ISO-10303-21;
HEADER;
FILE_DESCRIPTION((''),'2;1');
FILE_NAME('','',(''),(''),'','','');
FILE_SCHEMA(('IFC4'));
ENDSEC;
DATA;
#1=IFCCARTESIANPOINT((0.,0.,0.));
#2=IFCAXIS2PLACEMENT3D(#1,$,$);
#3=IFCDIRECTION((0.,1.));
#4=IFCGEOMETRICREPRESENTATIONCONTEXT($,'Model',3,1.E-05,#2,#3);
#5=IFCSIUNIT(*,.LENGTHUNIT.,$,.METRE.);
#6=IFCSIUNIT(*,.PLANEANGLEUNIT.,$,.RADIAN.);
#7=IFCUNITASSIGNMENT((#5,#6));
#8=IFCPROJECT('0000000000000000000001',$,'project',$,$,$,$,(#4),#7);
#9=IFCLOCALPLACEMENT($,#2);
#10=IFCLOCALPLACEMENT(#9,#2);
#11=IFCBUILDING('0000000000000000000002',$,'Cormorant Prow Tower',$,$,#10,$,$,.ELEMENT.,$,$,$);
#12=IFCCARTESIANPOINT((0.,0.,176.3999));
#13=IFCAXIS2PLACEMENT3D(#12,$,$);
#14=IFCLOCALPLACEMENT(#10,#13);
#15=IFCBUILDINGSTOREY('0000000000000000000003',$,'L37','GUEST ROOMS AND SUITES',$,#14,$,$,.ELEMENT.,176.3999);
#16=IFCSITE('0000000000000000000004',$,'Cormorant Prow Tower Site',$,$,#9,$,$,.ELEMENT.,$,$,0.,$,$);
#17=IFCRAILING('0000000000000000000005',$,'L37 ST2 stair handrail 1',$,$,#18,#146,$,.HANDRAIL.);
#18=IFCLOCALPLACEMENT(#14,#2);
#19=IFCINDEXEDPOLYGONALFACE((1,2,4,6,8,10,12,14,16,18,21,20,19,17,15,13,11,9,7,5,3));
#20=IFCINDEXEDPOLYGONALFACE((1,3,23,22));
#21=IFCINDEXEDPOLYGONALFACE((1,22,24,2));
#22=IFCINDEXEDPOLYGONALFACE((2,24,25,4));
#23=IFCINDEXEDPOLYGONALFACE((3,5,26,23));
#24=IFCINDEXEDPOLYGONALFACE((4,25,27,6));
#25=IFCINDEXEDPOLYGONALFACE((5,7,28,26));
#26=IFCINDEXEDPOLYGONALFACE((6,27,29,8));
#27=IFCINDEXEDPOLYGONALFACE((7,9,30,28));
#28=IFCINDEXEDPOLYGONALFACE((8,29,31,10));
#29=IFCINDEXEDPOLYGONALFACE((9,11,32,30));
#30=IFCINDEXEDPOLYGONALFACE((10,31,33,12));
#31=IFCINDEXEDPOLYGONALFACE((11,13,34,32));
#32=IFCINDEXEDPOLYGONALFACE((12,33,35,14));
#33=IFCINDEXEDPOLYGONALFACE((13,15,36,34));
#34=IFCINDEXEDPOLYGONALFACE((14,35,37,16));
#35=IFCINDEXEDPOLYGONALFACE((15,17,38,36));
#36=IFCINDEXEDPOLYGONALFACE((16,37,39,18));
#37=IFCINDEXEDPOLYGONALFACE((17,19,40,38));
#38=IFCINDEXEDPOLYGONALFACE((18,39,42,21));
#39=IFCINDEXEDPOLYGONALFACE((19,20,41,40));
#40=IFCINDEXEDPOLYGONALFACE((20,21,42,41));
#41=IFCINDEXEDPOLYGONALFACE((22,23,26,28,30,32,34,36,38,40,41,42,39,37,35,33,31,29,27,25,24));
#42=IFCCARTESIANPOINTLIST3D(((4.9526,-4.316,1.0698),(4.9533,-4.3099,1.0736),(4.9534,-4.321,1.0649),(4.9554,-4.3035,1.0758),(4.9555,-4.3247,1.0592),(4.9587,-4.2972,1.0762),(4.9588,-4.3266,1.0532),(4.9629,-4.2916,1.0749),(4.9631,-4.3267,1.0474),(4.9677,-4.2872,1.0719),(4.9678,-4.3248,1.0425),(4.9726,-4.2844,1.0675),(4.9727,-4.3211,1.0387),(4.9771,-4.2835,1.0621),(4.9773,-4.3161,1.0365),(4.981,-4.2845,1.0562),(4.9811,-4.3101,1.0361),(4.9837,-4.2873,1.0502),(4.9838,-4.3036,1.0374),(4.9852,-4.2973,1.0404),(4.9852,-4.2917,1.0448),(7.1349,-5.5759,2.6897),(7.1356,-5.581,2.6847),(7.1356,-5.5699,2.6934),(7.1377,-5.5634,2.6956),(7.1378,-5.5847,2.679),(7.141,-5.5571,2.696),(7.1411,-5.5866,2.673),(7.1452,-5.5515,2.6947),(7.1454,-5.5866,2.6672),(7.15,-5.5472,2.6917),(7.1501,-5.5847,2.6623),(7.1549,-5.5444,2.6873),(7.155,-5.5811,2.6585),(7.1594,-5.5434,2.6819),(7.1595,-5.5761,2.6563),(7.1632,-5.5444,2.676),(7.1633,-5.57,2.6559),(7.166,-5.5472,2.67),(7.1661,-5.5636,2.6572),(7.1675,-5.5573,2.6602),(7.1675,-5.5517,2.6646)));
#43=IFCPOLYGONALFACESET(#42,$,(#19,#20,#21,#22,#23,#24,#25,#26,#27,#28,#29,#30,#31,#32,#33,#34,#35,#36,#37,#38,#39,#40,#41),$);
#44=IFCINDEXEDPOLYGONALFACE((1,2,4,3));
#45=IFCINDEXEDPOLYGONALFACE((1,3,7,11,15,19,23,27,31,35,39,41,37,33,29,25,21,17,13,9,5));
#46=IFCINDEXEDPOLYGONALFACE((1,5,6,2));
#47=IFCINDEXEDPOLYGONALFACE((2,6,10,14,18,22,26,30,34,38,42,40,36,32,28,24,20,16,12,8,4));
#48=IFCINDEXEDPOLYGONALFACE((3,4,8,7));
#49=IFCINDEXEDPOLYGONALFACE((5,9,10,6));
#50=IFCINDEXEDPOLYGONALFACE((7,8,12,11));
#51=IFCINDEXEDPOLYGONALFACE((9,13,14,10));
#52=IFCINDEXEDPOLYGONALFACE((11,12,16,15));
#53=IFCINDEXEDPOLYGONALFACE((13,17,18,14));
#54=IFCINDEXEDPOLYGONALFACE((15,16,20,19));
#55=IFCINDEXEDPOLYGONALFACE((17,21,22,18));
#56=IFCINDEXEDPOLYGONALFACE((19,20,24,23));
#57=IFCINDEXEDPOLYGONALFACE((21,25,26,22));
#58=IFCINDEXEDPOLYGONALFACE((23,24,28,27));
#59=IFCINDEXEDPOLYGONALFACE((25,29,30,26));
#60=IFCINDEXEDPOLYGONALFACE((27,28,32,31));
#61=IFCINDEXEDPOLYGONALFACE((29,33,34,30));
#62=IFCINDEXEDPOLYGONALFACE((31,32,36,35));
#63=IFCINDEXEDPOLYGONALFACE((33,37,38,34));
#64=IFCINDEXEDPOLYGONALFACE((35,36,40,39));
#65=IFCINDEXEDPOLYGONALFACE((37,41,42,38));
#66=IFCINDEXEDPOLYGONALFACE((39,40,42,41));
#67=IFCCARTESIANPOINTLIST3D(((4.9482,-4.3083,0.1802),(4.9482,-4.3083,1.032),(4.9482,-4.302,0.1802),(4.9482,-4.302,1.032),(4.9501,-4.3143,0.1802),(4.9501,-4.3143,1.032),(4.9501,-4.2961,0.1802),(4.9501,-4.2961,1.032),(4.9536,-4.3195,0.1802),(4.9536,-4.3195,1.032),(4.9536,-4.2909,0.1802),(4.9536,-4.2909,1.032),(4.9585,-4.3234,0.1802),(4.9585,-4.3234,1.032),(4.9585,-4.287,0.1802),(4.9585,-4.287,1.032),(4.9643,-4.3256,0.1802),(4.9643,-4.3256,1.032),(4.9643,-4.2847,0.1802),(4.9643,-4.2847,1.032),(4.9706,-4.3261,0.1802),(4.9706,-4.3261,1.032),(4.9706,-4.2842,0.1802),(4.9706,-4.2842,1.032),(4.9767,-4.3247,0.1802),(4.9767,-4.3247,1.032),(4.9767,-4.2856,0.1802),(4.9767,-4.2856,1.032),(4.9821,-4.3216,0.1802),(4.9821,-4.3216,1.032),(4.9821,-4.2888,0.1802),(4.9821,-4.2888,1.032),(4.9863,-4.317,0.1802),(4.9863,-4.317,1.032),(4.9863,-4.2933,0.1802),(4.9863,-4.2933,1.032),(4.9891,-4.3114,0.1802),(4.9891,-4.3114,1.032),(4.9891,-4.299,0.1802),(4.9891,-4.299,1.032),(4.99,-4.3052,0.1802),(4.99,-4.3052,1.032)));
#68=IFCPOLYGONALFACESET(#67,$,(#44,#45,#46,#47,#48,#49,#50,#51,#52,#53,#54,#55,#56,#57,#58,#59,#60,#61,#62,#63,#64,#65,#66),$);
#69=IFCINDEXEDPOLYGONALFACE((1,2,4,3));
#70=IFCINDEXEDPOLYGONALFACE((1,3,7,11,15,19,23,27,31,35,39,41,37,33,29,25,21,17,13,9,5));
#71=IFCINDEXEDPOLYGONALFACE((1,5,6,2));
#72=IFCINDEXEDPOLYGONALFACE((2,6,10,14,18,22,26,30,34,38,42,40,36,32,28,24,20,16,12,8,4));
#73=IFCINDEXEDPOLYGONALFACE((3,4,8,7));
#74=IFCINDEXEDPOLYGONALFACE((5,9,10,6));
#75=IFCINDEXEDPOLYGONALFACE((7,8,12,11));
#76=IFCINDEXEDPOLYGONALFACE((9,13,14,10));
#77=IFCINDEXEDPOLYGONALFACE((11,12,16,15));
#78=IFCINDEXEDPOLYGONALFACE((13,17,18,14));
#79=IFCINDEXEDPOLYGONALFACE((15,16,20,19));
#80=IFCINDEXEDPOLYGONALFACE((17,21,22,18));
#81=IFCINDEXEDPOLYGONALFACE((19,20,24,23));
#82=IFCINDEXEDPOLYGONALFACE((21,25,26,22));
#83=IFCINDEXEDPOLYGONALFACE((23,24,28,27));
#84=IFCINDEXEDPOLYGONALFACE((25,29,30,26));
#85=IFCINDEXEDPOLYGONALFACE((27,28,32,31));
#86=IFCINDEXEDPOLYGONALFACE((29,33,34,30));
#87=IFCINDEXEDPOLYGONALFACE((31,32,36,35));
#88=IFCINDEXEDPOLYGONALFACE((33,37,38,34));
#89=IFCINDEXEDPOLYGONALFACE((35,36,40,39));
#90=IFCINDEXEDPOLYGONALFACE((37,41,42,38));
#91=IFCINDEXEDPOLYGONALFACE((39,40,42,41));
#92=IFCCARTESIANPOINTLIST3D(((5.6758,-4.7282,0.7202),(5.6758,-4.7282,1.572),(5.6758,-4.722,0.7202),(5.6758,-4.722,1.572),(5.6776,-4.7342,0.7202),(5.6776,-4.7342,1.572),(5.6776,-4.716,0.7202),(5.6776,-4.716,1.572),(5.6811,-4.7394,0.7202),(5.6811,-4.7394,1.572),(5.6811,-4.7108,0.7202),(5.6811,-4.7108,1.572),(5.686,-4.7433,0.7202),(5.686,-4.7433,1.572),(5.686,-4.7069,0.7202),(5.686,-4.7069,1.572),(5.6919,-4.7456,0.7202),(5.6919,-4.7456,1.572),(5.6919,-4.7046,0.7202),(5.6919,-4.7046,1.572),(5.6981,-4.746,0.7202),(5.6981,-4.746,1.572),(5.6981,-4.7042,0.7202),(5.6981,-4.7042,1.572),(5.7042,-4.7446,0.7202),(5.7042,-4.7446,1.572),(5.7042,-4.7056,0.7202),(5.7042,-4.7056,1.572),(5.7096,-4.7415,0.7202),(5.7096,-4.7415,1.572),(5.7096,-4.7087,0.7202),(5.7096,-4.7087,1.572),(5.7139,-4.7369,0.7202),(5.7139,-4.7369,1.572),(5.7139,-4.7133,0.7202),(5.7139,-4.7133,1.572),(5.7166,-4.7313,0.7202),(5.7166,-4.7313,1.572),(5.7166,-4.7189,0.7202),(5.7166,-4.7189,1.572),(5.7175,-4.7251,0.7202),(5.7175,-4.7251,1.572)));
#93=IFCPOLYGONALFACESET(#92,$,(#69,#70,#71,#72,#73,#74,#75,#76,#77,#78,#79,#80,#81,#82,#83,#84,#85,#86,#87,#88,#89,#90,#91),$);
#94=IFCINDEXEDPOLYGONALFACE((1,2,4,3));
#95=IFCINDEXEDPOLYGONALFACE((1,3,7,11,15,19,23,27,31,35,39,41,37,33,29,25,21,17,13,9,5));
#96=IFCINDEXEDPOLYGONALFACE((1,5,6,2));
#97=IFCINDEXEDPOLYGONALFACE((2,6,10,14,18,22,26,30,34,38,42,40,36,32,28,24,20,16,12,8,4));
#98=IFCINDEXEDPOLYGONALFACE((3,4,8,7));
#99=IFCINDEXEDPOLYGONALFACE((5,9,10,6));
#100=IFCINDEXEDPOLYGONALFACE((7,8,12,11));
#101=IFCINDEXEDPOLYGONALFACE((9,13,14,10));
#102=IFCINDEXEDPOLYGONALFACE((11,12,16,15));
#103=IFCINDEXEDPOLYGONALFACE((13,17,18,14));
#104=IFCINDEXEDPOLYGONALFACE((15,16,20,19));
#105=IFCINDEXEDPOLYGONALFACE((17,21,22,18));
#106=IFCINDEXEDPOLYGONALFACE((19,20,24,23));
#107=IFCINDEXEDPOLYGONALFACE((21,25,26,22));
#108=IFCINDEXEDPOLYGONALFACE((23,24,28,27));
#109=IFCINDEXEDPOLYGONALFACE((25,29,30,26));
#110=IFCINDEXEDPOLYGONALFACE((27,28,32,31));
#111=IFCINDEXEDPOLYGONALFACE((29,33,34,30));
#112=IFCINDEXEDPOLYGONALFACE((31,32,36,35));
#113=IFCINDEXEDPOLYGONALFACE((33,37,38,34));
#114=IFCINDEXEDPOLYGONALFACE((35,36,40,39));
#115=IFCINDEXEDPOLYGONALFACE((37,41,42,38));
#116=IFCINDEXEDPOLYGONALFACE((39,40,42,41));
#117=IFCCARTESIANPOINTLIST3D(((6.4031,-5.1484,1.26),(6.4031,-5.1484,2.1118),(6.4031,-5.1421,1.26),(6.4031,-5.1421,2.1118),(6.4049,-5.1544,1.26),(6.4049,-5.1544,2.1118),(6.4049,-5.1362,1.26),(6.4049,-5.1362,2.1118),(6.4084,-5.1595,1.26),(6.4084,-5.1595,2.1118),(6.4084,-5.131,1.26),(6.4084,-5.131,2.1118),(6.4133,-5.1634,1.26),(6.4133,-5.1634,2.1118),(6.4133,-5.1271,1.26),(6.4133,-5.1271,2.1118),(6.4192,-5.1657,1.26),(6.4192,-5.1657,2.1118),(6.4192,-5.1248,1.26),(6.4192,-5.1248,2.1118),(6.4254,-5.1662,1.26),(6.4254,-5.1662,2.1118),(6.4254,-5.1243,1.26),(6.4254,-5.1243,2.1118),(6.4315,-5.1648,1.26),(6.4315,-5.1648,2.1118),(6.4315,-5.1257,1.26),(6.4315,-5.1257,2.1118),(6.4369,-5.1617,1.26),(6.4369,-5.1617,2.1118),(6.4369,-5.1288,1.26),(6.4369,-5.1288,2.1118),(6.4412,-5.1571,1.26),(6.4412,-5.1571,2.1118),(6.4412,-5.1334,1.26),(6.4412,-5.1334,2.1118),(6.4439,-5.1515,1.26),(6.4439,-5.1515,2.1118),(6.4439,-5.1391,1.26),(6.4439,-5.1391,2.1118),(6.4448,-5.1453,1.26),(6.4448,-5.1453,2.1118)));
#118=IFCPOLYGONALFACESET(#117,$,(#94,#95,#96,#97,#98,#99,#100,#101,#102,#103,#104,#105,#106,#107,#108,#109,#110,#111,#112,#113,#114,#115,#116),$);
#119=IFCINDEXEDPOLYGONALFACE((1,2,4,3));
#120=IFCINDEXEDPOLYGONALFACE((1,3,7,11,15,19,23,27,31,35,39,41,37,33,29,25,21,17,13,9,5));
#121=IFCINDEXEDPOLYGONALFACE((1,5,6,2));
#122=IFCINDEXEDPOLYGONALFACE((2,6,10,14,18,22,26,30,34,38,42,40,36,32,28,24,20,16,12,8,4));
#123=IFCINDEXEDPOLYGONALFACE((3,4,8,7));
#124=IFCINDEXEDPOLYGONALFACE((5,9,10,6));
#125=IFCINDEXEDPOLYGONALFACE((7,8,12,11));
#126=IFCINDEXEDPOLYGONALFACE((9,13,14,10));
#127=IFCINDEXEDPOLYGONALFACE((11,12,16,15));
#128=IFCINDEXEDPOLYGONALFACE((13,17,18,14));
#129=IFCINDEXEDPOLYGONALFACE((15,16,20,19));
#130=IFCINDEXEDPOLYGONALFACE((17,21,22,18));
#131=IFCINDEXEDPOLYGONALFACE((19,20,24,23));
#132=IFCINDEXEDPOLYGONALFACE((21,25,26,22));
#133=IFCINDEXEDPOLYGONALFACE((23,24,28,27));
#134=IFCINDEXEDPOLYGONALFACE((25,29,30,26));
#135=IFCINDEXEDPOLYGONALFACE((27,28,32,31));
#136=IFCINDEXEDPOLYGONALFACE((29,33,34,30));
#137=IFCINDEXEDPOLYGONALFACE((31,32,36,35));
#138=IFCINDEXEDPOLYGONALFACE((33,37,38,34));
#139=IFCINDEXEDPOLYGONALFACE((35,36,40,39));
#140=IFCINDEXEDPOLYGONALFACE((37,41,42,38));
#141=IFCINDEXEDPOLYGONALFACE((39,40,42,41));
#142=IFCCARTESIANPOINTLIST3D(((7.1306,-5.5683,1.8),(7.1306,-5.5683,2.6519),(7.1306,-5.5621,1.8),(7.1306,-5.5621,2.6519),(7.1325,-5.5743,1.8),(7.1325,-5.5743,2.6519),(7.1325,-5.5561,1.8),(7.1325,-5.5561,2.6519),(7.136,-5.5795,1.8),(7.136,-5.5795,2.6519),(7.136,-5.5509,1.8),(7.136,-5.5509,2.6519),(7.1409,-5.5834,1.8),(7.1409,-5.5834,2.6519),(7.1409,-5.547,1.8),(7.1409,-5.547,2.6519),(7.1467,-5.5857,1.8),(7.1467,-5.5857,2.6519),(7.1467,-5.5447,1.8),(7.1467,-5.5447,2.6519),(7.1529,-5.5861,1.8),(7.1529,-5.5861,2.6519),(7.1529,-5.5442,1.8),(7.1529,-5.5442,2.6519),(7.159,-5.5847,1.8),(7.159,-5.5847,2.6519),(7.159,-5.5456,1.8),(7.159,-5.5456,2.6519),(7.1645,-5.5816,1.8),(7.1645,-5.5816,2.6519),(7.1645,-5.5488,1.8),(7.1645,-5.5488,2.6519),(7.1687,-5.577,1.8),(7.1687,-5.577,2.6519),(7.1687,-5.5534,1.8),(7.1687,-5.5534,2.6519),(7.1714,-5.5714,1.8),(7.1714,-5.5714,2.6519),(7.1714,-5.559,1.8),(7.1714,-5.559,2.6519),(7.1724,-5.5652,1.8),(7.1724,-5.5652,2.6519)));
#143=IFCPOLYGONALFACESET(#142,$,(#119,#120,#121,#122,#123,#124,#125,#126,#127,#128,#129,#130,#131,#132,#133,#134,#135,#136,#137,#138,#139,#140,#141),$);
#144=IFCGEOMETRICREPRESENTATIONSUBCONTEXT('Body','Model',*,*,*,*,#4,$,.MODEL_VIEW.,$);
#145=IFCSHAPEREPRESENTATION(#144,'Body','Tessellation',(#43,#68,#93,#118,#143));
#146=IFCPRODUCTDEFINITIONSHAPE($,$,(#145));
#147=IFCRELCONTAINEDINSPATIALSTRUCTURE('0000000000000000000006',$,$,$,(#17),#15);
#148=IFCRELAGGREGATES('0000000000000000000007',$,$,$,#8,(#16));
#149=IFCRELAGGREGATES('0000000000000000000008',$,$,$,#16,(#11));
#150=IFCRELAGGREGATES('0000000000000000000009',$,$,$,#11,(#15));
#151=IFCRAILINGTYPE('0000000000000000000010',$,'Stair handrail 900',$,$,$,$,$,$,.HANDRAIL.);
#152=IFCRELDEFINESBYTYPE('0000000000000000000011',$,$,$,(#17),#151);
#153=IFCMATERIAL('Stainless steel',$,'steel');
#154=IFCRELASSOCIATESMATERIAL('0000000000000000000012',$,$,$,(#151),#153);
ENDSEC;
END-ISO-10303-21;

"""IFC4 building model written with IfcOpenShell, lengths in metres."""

from ifc_helpers import new_model, si_unit, direction, frame, origin, origin_2d, place, context, subcontext, project, spatial, circle, extrude, material, type_object, element, save


model = new_model("IFC4")

# Units and contexts
model_context = context("Model", 3, precision=1e-05, world=origin(), true_north=direction((0.0, 1.0)))
body_context = subcontext(model_context, "Body", "Model", "MODEL_VIEW")
ifc_project = project(units=[si_unit("LENGTHUNIT", "METRE"), si_unit("PLANEANGLEUNIT", "RADIAN")], contexts=[model_context])

# Site, building, storey
site_placement = place(None, origin())
site = spatial("IfcSite", under=ifc_project, at=site_placement, Name="Cormorant Prow Tower Site", CompositionType="ELEMENT", RefElevation=0.0)
building_placement = place(site_placement, origin())
building = spatial("IfcBuilding", under=site, at=building_placement, Name="Cormorant Prow Tower", CompositionType="ELEMENT")
storey_placement = place(building_placement, frame((0.0, 0.0, 176.3999)))
storey = spatial("IfcBuildingStorey", under=building, at=storey_placement, Name="L37", Description="GUEST ROOMS AND SUITES", CompositionType="ELEMENT", Elevation=176.3999)

# Railing
ifc_material_1 = material(Name="Stainless steel", Category="steel")
railing_type_1 = type_object("IfcRailingType", Name="Stair handrail 900", PredefinedType="HANDRAIL", material=ifc_material_1)
railing_1_placement = place(storey_placement, frame((4.969, -4.3052, 0.1802)))
element("IfcRailing", 1, at=railing_1_placement, inside=storey, type_object=railing_type_1, Name="L37 ST2 stair handrail 1", PredefinedType="HANDRAIL", context=body_context, shape_type="SweptSolid", body=[
    extrude(circle(Radius=0.0239, at=origin_2d()), frame((0.0, 0.0, 0.876), z_axis=(0.728496, -0.420603, 0.540728), x_axis=(0.500005, 0.866023, 0.0)), (0.0, 0.0, 1.0), 2.9956),
    extrude(circle(Radius=0.021, at=origin_2d()), origin(), (0.0, 0.0, 1.0), 0.8518),
    extrude(circle(Radius=0.021, at=origin_2d()), frame((0.7275, -0.4199, 0.54)), (0.0, 0.0, 1.0), 0.8518),
    extrude(circle(Radius=0.021, at=origin_2d()), frame((1.4548, -0.8401, 1.0798)), (0.0, 0.0, 1.0), 0.8518),
    extrude(circle(Radius=0.021, at=origin_2d()), frame((2.1824, -1.26, 1.6199)), (0.0, 0.0, 1.0), 0.8518),
])

save(model, "model.ifc")
